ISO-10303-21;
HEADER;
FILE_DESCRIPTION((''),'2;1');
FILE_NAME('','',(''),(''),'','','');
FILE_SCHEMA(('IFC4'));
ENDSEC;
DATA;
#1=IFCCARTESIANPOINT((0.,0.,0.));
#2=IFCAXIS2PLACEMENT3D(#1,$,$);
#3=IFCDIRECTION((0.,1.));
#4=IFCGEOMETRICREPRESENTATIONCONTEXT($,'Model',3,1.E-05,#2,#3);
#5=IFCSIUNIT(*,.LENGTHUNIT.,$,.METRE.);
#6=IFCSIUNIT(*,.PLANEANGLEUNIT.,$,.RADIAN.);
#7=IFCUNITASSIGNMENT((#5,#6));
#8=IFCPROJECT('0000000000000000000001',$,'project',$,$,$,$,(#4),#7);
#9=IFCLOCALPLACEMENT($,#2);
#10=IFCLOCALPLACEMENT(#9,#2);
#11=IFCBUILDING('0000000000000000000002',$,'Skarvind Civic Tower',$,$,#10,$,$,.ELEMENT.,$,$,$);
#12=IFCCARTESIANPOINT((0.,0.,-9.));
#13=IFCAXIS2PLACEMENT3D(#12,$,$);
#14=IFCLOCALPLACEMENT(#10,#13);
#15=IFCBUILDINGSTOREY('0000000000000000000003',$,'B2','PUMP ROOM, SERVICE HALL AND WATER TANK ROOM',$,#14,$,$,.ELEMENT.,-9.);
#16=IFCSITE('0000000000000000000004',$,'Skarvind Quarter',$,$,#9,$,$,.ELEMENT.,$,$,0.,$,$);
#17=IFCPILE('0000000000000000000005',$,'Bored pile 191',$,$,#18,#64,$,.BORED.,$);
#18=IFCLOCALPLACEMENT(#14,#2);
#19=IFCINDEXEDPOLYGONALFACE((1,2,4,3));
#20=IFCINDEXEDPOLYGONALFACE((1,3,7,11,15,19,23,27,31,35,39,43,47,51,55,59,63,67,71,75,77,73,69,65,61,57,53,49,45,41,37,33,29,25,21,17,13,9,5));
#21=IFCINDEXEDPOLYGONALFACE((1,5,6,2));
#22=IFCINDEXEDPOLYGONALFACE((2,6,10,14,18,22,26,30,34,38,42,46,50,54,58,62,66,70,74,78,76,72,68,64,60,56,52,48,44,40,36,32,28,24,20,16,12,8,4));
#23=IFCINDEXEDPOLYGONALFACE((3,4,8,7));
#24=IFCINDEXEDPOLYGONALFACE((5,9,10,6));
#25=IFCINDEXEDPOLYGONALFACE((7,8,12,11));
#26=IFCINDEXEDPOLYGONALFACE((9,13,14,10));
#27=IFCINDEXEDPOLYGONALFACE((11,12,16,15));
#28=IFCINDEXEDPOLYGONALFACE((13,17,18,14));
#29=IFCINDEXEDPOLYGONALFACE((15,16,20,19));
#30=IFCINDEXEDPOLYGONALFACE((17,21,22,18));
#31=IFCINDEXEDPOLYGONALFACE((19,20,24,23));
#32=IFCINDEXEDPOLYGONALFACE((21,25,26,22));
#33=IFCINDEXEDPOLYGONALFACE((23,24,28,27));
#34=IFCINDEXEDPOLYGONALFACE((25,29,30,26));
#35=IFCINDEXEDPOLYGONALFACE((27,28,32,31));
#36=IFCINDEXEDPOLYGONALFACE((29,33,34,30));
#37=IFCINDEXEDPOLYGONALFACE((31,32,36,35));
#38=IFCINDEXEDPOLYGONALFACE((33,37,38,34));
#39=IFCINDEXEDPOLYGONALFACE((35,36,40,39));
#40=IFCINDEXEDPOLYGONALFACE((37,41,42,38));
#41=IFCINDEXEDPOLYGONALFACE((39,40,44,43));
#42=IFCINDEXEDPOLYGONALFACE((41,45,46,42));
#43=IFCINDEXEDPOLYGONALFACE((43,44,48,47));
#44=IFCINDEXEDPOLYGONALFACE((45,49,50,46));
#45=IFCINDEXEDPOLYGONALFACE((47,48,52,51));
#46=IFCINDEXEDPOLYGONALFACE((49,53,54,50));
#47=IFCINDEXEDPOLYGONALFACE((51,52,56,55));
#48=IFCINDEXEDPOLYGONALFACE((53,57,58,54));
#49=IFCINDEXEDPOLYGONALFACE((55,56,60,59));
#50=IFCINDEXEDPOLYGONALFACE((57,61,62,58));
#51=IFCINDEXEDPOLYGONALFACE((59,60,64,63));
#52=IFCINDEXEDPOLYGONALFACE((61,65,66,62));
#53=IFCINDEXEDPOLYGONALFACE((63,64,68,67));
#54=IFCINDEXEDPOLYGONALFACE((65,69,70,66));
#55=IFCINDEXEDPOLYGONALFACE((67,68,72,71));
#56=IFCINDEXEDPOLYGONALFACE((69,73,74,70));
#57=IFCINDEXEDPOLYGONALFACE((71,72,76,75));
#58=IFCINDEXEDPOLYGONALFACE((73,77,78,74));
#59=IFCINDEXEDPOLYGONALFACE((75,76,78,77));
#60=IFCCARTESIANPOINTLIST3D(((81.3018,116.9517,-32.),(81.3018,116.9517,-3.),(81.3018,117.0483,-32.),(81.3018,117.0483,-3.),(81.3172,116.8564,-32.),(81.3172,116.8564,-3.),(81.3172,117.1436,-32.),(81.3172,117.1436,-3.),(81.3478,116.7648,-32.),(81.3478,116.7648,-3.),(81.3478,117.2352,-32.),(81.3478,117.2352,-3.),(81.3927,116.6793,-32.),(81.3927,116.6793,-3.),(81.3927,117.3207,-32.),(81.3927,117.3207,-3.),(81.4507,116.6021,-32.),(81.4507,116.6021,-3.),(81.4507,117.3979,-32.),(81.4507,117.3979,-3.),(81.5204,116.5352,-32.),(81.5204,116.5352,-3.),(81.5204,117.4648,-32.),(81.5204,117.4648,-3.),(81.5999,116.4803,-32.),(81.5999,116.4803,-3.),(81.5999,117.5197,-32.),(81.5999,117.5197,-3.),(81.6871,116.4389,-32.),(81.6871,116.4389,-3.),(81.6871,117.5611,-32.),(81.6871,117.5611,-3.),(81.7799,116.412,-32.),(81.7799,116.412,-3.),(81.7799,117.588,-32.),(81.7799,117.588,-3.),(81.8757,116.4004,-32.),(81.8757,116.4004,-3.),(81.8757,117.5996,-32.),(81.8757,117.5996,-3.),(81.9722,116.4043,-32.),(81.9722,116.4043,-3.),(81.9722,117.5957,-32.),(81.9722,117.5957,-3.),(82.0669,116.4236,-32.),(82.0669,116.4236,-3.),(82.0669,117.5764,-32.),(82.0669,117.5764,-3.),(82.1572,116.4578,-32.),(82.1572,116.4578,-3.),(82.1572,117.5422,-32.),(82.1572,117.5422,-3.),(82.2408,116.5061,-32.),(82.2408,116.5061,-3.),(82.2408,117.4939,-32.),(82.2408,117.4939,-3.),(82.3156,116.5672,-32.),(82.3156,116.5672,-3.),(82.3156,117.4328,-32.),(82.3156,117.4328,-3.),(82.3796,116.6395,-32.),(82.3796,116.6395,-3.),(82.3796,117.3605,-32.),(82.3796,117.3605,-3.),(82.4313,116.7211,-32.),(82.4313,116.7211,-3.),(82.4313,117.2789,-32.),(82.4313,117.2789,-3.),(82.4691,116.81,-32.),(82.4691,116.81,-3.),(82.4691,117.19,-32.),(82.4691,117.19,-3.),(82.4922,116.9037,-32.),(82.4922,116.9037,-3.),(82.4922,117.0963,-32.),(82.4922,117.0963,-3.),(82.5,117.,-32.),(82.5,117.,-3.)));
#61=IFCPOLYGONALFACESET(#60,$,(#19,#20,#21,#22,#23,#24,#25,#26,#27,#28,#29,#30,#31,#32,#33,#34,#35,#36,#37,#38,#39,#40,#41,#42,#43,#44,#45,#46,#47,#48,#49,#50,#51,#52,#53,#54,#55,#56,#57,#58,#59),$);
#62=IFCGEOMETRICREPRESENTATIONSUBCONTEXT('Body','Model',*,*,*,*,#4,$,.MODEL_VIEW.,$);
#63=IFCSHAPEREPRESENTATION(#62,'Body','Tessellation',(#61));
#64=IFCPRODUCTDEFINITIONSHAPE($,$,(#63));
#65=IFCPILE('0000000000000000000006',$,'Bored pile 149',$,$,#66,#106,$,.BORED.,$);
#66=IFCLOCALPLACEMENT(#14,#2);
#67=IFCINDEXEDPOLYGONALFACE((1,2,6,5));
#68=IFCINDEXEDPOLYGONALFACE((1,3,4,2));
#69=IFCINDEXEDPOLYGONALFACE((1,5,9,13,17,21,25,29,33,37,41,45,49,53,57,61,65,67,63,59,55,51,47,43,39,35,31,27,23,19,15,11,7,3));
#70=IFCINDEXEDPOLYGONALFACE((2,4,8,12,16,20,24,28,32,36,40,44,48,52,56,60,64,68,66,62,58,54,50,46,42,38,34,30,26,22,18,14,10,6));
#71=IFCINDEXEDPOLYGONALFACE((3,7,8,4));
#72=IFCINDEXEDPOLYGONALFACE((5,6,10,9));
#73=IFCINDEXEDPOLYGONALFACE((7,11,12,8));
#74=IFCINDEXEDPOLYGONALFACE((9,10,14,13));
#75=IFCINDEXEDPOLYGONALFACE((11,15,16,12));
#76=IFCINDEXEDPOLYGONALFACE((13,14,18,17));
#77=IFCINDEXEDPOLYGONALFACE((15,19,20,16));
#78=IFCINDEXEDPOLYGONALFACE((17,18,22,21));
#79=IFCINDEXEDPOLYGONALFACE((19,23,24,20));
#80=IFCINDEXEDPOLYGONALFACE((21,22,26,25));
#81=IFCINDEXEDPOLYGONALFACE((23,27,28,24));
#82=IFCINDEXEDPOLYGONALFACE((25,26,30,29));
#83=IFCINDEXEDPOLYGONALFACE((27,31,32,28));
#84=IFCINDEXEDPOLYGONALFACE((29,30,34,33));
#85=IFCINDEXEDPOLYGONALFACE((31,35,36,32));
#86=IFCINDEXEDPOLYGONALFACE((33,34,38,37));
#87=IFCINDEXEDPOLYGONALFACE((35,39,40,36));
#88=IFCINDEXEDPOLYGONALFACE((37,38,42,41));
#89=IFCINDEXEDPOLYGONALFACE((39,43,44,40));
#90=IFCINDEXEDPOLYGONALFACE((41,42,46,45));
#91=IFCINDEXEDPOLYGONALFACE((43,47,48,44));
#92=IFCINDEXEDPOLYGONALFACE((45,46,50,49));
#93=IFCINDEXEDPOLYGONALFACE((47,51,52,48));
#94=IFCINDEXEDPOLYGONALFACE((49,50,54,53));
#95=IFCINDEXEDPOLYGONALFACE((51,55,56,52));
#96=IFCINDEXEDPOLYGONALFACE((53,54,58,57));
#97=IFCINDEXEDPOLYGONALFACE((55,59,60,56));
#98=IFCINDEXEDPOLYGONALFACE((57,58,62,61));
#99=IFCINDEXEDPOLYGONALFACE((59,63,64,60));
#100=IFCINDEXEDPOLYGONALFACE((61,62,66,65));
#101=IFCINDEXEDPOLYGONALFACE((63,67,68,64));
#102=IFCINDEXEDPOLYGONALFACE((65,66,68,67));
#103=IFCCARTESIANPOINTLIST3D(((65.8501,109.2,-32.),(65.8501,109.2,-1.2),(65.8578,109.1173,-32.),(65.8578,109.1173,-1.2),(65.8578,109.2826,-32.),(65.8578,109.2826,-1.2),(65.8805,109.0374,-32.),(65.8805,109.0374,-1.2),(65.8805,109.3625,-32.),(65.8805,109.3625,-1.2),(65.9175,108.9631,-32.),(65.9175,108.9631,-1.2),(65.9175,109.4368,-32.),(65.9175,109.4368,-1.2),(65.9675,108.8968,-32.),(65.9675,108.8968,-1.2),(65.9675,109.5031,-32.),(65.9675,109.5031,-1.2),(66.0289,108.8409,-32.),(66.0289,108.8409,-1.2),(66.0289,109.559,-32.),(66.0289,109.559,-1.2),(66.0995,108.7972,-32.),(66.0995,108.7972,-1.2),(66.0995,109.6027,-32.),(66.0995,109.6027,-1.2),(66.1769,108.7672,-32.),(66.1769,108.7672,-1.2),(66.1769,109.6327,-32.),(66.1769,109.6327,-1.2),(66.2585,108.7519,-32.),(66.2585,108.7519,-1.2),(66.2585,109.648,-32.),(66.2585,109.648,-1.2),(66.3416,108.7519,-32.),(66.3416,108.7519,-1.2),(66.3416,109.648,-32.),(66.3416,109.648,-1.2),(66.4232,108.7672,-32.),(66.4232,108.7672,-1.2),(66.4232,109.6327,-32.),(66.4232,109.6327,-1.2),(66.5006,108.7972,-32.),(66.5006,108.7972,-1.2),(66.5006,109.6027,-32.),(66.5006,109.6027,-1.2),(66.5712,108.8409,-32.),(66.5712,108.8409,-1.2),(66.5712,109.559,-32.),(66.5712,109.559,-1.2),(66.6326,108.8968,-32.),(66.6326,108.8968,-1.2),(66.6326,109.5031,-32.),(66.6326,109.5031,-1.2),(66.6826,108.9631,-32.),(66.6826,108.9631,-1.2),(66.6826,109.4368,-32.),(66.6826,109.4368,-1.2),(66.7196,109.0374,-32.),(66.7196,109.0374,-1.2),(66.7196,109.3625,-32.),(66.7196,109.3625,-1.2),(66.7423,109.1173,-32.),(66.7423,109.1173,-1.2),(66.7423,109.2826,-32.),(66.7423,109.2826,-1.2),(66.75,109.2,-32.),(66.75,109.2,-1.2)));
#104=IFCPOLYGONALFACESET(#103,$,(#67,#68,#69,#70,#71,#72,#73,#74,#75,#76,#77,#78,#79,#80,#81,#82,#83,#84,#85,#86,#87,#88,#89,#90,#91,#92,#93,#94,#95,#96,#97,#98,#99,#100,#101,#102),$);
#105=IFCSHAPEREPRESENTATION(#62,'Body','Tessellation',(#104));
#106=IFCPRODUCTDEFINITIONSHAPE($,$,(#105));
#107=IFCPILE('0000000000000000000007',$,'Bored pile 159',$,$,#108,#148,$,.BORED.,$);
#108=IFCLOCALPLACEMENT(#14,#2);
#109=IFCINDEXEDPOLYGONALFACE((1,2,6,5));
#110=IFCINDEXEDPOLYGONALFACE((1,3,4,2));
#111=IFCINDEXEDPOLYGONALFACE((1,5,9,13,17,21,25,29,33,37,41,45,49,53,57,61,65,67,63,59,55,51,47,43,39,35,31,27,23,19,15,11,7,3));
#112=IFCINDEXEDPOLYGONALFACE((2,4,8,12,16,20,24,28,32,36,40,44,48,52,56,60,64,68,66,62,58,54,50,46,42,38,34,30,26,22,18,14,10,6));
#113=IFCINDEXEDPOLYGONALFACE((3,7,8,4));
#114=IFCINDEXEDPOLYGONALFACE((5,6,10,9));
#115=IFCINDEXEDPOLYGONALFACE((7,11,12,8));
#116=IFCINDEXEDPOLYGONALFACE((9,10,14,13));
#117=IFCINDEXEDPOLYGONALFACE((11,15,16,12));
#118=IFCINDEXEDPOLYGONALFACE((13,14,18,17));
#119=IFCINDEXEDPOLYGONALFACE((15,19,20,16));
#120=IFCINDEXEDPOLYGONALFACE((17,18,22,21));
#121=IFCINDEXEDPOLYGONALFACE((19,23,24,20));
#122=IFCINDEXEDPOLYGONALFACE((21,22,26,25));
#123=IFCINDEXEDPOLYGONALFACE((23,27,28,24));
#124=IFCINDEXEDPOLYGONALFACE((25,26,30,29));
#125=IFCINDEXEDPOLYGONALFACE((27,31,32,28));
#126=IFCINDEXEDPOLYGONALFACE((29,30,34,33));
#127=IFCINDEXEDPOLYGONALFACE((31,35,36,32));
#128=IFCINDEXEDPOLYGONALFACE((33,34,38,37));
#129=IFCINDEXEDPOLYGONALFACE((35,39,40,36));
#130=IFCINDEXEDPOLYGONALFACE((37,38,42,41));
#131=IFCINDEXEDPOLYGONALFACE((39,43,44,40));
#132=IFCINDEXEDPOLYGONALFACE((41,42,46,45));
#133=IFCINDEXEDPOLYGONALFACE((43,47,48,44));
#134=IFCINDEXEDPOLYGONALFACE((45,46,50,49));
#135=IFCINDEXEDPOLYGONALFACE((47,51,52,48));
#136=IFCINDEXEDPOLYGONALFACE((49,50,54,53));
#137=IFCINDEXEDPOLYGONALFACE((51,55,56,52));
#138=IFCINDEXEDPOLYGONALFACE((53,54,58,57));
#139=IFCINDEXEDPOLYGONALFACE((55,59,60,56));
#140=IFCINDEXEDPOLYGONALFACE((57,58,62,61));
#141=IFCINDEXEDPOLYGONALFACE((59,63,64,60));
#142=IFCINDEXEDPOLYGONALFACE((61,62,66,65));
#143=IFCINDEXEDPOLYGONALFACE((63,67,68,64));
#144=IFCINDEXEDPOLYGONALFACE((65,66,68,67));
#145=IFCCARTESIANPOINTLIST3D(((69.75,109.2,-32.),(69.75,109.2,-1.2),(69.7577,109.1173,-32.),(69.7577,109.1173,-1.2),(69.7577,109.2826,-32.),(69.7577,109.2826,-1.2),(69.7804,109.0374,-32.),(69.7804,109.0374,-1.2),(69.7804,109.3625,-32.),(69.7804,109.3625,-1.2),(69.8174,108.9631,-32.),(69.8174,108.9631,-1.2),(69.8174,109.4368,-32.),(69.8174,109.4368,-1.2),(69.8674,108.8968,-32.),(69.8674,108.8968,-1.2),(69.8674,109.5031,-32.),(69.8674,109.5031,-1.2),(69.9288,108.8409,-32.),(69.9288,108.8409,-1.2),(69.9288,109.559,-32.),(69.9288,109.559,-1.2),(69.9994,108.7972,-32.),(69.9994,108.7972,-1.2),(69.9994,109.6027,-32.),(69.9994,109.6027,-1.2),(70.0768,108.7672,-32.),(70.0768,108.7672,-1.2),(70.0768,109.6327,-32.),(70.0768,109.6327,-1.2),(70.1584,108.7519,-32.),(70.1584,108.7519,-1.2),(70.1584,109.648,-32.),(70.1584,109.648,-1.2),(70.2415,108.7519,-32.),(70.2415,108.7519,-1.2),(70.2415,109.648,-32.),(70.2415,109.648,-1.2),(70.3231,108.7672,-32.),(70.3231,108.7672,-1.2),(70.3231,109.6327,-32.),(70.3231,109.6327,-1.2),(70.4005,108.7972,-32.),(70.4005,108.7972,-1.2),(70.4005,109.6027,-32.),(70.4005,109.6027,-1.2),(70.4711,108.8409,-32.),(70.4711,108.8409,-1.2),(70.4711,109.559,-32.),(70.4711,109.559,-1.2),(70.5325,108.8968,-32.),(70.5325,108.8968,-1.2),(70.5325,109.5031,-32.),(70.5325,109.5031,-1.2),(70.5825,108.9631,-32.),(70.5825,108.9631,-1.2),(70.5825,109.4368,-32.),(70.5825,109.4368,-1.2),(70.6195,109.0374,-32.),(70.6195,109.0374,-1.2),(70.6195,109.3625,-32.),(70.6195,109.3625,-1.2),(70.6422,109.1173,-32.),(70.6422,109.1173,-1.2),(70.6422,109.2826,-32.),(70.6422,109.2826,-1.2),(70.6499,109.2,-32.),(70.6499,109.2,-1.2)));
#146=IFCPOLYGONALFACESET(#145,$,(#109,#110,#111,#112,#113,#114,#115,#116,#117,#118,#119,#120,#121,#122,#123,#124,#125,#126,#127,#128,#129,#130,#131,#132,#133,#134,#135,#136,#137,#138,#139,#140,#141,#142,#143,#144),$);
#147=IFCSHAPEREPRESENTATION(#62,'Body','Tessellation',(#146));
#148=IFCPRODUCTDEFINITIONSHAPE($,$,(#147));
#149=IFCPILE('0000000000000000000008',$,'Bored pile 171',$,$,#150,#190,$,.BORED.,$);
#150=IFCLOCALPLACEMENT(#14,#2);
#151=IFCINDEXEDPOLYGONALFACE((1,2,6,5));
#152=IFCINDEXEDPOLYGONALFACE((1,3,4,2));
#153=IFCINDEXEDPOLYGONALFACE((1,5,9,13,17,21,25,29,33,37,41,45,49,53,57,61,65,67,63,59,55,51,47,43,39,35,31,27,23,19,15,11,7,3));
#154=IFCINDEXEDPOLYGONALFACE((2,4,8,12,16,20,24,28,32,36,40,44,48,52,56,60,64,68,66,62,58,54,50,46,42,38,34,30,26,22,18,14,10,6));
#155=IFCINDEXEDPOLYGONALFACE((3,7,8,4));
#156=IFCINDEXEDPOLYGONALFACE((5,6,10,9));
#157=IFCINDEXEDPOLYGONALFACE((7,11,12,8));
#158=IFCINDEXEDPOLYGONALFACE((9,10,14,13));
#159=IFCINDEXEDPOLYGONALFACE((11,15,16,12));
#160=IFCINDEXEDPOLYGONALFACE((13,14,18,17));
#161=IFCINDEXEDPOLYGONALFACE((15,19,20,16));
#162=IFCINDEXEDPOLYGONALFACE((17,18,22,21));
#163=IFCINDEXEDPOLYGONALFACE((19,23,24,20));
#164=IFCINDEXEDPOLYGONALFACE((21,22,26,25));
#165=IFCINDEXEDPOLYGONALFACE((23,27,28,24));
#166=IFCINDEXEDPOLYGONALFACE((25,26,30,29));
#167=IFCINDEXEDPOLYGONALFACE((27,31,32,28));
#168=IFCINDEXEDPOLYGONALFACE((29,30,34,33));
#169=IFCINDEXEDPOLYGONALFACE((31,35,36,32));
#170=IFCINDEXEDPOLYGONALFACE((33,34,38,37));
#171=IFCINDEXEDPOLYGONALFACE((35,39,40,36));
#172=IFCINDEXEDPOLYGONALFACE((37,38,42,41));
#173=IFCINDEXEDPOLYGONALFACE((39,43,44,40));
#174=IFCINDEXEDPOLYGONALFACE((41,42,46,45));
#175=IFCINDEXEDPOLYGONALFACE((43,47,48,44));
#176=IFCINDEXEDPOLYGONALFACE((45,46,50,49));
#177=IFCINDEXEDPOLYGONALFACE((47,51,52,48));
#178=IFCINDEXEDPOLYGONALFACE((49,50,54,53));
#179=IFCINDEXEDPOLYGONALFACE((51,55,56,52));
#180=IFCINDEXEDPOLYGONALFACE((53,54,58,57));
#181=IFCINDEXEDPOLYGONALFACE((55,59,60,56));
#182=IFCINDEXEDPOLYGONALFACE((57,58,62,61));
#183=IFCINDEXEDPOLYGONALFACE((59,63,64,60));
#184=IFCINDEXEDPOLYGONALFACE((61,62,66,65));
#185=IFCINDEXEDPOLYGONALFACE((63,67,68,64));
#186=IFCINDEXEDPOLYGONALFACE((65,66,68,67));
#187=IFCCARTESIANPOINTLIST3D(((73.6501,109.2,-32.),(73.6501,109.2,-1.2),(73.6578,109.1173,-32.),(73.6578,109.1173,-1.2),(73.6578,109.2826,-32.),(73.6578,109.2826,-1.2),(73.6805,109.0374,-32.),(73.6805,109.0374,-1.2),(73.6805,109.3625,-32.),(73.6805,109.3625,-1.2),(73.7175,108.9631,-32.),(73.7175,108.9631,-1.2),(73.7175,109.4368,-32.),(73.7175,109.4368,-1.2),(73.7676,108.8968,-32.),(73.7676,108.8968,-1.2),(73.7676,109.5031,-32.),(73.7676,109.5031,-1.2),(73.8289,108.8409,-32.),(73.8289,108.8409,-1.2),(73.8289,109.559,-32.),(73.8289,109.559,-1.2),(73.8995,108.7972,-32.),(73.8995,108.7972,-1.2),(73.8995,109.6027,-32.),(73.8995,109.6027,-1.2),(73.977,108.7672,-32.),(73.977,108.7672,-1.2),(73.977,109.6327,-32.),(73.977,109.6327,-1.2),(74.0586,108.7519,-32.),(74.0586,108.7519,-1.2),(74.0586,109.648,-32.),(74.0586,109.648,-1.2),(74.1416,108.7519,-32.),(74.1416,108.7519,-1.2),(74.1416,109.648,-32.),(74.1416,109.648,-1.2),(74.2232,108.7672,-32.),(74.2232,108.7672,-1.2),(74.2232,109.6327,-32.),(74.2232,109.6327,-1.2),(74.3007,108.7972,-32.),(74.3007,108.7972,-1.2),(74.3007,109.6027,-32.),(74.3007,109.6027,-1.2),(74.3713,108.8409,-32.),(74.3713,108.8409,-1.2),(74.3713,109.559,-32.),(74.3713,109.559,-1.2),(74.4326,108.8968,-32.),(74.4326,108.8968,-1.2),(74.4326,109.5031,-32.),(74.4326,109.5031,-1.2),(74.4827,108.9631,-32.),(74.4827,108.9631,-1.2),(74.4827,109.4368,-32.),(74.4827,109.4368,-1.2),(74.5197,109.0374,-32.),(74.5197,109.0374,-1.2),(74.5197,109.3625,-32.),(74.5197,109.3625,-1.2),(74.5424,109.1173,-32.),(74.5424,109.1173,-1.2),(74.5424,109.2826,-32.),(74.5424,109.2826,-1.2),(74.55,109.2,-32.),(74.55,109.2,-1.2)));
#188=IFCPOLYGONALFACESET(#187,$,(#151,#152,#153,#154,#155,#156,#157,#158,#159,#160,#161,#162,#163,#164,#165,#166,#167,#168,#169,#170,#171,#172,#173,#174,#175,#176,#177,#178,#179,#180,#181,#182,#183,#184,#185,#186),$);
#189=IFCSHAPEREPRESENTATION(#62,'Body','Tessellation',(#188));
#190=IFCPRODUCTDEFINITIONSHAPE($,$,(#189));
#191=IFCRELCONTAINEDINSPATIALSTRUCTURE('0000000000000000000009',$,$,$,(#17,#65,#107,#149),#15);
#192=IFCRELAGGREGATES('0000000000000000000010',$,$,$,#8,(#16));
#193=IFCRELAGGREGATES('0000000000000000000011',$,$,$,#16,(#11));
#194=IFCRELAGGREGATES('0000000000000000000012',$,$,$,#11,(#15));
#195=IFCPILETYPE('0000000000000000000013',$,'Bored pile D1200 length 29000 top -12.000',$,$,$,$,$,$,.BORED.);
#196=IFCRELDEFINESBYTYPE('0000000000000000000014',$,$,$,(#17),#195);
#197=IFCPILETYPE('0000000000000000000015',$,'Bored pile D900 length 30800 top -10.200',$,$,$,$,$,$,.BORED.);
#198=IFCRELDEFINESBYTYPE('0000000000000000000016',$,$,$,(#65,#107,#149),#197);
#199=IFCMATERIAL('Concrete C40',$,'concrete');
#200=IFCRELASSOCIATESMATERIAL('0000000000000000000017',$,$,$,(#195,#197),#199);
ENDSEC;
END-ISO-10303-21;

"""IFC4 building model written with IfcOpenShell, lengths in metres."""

from ifc_helpers import new_model, si_unit, direction, frame, origin, origin_2d, place, context, subcontext, project, spatial, circle, extrude, material, type_object, element, save


model = new_model("IFC4")

# Units and contexts
model_context = context("Model", 3, precision=1e-05, world=origin(), true_north=direction((0.0, 1.0)))
body_context = subcontext(model_context, "Body", "Model", "MODEL_VIEW")
ifc_project = project(units=[si_unit("LENGTHUNIT", "METRE"), si_unit("PLANEANGLEUNIT", "RADIAN")], contexts=[model_context])

# Site, building, storey
site_placement = place(None, origin())
site = spatial("IfcSite", under=ifc_project, at=site_placement, Name="Skarvind Quarter", CompositionType="ELEMENT", RefElevation=0.0)
building_placement = place(site_placement, origin())
building = spatial("IfcBuilding", under=site, at=building_placement, Name="Skarvind Civic Tower", CompositionType="ELEMENT")
storey_placement = place(building_placement, frame((0.0, 0.0, -9.0)))
storey = spatial("IfcBuildingStorey", under=building, at=storey_placement, Name="B2", Description="PUMP ROOM, SERVICE HALL AND WATER TANK ROOM", CompositionType="ELEMENT", Elevation=-9.0)

# Piles
ifc_material_1 = material(Name="Concrete C40", Category="concrete")
pile_type_1 = type_object("IfcPileType", Name="Bored pile D1200 length 29000 top -12.000", PredefinedType="BORED", material=ifc_material_1)
for number, where, z_axis, x_axis, name in (
    (1, (81.8999, 117.0, -3.0), (0.0, 0.0, -1.0), (1.0, 0.0, 0.0), "Bored pile 191"),
):
    element("IfcPile", number, at=place(storey_placement, frame(where, z_axis=z_axis, x_axis=x_axis)), inside=storey, type_object=pile_type_1, Name=name, PredefinedType="BORED", context=body_context, shape_type="SweptSolid", body=[
        extrude(circle(Radius=0.6001, at=origin_2d()), origin(), (0.0, 0.0, 1.0), 29.0),
    ])
pile_type_2 = type_object("IfcPileType", Name="Bored pile D900 length 30800 top -10.200", PredefinedType="BORED", material=ifc_material_1)
for number, where, z_axis, x_axis, name in (
    (2, (66.3, 109.2, -1.2), (0.0, 0.0, -1.0), (1.0, 0.0, 0.0), "Bored pile 149"),
    (3, (70.2, 109.2, -1.2), (0.0, 0.0, -1.0), (1.0, 0.0, 0.0), "Bored pile 159"),
    (4, (74.1001, 109.2, -1.2), (0.0, 0.0, -1.0), (1.0, 0.0, 0.0), "Bored pile 171"),
):
    element("IfcPile", number, at=place(storey_placement, frame(where, z_axis=z_axis, x_axis=x_axis)), inside=storey, type_object=pile_type_2, Name=name, PredefinedType="BORED", context=body_context, shape_type="SweptSolid", body=[
        extrude(circle(Radius=0.45, at=origin_2d()), origin(), (0.0, 0.0, 1.0), 30.8),
    ])

save(model, "model.ifc")
